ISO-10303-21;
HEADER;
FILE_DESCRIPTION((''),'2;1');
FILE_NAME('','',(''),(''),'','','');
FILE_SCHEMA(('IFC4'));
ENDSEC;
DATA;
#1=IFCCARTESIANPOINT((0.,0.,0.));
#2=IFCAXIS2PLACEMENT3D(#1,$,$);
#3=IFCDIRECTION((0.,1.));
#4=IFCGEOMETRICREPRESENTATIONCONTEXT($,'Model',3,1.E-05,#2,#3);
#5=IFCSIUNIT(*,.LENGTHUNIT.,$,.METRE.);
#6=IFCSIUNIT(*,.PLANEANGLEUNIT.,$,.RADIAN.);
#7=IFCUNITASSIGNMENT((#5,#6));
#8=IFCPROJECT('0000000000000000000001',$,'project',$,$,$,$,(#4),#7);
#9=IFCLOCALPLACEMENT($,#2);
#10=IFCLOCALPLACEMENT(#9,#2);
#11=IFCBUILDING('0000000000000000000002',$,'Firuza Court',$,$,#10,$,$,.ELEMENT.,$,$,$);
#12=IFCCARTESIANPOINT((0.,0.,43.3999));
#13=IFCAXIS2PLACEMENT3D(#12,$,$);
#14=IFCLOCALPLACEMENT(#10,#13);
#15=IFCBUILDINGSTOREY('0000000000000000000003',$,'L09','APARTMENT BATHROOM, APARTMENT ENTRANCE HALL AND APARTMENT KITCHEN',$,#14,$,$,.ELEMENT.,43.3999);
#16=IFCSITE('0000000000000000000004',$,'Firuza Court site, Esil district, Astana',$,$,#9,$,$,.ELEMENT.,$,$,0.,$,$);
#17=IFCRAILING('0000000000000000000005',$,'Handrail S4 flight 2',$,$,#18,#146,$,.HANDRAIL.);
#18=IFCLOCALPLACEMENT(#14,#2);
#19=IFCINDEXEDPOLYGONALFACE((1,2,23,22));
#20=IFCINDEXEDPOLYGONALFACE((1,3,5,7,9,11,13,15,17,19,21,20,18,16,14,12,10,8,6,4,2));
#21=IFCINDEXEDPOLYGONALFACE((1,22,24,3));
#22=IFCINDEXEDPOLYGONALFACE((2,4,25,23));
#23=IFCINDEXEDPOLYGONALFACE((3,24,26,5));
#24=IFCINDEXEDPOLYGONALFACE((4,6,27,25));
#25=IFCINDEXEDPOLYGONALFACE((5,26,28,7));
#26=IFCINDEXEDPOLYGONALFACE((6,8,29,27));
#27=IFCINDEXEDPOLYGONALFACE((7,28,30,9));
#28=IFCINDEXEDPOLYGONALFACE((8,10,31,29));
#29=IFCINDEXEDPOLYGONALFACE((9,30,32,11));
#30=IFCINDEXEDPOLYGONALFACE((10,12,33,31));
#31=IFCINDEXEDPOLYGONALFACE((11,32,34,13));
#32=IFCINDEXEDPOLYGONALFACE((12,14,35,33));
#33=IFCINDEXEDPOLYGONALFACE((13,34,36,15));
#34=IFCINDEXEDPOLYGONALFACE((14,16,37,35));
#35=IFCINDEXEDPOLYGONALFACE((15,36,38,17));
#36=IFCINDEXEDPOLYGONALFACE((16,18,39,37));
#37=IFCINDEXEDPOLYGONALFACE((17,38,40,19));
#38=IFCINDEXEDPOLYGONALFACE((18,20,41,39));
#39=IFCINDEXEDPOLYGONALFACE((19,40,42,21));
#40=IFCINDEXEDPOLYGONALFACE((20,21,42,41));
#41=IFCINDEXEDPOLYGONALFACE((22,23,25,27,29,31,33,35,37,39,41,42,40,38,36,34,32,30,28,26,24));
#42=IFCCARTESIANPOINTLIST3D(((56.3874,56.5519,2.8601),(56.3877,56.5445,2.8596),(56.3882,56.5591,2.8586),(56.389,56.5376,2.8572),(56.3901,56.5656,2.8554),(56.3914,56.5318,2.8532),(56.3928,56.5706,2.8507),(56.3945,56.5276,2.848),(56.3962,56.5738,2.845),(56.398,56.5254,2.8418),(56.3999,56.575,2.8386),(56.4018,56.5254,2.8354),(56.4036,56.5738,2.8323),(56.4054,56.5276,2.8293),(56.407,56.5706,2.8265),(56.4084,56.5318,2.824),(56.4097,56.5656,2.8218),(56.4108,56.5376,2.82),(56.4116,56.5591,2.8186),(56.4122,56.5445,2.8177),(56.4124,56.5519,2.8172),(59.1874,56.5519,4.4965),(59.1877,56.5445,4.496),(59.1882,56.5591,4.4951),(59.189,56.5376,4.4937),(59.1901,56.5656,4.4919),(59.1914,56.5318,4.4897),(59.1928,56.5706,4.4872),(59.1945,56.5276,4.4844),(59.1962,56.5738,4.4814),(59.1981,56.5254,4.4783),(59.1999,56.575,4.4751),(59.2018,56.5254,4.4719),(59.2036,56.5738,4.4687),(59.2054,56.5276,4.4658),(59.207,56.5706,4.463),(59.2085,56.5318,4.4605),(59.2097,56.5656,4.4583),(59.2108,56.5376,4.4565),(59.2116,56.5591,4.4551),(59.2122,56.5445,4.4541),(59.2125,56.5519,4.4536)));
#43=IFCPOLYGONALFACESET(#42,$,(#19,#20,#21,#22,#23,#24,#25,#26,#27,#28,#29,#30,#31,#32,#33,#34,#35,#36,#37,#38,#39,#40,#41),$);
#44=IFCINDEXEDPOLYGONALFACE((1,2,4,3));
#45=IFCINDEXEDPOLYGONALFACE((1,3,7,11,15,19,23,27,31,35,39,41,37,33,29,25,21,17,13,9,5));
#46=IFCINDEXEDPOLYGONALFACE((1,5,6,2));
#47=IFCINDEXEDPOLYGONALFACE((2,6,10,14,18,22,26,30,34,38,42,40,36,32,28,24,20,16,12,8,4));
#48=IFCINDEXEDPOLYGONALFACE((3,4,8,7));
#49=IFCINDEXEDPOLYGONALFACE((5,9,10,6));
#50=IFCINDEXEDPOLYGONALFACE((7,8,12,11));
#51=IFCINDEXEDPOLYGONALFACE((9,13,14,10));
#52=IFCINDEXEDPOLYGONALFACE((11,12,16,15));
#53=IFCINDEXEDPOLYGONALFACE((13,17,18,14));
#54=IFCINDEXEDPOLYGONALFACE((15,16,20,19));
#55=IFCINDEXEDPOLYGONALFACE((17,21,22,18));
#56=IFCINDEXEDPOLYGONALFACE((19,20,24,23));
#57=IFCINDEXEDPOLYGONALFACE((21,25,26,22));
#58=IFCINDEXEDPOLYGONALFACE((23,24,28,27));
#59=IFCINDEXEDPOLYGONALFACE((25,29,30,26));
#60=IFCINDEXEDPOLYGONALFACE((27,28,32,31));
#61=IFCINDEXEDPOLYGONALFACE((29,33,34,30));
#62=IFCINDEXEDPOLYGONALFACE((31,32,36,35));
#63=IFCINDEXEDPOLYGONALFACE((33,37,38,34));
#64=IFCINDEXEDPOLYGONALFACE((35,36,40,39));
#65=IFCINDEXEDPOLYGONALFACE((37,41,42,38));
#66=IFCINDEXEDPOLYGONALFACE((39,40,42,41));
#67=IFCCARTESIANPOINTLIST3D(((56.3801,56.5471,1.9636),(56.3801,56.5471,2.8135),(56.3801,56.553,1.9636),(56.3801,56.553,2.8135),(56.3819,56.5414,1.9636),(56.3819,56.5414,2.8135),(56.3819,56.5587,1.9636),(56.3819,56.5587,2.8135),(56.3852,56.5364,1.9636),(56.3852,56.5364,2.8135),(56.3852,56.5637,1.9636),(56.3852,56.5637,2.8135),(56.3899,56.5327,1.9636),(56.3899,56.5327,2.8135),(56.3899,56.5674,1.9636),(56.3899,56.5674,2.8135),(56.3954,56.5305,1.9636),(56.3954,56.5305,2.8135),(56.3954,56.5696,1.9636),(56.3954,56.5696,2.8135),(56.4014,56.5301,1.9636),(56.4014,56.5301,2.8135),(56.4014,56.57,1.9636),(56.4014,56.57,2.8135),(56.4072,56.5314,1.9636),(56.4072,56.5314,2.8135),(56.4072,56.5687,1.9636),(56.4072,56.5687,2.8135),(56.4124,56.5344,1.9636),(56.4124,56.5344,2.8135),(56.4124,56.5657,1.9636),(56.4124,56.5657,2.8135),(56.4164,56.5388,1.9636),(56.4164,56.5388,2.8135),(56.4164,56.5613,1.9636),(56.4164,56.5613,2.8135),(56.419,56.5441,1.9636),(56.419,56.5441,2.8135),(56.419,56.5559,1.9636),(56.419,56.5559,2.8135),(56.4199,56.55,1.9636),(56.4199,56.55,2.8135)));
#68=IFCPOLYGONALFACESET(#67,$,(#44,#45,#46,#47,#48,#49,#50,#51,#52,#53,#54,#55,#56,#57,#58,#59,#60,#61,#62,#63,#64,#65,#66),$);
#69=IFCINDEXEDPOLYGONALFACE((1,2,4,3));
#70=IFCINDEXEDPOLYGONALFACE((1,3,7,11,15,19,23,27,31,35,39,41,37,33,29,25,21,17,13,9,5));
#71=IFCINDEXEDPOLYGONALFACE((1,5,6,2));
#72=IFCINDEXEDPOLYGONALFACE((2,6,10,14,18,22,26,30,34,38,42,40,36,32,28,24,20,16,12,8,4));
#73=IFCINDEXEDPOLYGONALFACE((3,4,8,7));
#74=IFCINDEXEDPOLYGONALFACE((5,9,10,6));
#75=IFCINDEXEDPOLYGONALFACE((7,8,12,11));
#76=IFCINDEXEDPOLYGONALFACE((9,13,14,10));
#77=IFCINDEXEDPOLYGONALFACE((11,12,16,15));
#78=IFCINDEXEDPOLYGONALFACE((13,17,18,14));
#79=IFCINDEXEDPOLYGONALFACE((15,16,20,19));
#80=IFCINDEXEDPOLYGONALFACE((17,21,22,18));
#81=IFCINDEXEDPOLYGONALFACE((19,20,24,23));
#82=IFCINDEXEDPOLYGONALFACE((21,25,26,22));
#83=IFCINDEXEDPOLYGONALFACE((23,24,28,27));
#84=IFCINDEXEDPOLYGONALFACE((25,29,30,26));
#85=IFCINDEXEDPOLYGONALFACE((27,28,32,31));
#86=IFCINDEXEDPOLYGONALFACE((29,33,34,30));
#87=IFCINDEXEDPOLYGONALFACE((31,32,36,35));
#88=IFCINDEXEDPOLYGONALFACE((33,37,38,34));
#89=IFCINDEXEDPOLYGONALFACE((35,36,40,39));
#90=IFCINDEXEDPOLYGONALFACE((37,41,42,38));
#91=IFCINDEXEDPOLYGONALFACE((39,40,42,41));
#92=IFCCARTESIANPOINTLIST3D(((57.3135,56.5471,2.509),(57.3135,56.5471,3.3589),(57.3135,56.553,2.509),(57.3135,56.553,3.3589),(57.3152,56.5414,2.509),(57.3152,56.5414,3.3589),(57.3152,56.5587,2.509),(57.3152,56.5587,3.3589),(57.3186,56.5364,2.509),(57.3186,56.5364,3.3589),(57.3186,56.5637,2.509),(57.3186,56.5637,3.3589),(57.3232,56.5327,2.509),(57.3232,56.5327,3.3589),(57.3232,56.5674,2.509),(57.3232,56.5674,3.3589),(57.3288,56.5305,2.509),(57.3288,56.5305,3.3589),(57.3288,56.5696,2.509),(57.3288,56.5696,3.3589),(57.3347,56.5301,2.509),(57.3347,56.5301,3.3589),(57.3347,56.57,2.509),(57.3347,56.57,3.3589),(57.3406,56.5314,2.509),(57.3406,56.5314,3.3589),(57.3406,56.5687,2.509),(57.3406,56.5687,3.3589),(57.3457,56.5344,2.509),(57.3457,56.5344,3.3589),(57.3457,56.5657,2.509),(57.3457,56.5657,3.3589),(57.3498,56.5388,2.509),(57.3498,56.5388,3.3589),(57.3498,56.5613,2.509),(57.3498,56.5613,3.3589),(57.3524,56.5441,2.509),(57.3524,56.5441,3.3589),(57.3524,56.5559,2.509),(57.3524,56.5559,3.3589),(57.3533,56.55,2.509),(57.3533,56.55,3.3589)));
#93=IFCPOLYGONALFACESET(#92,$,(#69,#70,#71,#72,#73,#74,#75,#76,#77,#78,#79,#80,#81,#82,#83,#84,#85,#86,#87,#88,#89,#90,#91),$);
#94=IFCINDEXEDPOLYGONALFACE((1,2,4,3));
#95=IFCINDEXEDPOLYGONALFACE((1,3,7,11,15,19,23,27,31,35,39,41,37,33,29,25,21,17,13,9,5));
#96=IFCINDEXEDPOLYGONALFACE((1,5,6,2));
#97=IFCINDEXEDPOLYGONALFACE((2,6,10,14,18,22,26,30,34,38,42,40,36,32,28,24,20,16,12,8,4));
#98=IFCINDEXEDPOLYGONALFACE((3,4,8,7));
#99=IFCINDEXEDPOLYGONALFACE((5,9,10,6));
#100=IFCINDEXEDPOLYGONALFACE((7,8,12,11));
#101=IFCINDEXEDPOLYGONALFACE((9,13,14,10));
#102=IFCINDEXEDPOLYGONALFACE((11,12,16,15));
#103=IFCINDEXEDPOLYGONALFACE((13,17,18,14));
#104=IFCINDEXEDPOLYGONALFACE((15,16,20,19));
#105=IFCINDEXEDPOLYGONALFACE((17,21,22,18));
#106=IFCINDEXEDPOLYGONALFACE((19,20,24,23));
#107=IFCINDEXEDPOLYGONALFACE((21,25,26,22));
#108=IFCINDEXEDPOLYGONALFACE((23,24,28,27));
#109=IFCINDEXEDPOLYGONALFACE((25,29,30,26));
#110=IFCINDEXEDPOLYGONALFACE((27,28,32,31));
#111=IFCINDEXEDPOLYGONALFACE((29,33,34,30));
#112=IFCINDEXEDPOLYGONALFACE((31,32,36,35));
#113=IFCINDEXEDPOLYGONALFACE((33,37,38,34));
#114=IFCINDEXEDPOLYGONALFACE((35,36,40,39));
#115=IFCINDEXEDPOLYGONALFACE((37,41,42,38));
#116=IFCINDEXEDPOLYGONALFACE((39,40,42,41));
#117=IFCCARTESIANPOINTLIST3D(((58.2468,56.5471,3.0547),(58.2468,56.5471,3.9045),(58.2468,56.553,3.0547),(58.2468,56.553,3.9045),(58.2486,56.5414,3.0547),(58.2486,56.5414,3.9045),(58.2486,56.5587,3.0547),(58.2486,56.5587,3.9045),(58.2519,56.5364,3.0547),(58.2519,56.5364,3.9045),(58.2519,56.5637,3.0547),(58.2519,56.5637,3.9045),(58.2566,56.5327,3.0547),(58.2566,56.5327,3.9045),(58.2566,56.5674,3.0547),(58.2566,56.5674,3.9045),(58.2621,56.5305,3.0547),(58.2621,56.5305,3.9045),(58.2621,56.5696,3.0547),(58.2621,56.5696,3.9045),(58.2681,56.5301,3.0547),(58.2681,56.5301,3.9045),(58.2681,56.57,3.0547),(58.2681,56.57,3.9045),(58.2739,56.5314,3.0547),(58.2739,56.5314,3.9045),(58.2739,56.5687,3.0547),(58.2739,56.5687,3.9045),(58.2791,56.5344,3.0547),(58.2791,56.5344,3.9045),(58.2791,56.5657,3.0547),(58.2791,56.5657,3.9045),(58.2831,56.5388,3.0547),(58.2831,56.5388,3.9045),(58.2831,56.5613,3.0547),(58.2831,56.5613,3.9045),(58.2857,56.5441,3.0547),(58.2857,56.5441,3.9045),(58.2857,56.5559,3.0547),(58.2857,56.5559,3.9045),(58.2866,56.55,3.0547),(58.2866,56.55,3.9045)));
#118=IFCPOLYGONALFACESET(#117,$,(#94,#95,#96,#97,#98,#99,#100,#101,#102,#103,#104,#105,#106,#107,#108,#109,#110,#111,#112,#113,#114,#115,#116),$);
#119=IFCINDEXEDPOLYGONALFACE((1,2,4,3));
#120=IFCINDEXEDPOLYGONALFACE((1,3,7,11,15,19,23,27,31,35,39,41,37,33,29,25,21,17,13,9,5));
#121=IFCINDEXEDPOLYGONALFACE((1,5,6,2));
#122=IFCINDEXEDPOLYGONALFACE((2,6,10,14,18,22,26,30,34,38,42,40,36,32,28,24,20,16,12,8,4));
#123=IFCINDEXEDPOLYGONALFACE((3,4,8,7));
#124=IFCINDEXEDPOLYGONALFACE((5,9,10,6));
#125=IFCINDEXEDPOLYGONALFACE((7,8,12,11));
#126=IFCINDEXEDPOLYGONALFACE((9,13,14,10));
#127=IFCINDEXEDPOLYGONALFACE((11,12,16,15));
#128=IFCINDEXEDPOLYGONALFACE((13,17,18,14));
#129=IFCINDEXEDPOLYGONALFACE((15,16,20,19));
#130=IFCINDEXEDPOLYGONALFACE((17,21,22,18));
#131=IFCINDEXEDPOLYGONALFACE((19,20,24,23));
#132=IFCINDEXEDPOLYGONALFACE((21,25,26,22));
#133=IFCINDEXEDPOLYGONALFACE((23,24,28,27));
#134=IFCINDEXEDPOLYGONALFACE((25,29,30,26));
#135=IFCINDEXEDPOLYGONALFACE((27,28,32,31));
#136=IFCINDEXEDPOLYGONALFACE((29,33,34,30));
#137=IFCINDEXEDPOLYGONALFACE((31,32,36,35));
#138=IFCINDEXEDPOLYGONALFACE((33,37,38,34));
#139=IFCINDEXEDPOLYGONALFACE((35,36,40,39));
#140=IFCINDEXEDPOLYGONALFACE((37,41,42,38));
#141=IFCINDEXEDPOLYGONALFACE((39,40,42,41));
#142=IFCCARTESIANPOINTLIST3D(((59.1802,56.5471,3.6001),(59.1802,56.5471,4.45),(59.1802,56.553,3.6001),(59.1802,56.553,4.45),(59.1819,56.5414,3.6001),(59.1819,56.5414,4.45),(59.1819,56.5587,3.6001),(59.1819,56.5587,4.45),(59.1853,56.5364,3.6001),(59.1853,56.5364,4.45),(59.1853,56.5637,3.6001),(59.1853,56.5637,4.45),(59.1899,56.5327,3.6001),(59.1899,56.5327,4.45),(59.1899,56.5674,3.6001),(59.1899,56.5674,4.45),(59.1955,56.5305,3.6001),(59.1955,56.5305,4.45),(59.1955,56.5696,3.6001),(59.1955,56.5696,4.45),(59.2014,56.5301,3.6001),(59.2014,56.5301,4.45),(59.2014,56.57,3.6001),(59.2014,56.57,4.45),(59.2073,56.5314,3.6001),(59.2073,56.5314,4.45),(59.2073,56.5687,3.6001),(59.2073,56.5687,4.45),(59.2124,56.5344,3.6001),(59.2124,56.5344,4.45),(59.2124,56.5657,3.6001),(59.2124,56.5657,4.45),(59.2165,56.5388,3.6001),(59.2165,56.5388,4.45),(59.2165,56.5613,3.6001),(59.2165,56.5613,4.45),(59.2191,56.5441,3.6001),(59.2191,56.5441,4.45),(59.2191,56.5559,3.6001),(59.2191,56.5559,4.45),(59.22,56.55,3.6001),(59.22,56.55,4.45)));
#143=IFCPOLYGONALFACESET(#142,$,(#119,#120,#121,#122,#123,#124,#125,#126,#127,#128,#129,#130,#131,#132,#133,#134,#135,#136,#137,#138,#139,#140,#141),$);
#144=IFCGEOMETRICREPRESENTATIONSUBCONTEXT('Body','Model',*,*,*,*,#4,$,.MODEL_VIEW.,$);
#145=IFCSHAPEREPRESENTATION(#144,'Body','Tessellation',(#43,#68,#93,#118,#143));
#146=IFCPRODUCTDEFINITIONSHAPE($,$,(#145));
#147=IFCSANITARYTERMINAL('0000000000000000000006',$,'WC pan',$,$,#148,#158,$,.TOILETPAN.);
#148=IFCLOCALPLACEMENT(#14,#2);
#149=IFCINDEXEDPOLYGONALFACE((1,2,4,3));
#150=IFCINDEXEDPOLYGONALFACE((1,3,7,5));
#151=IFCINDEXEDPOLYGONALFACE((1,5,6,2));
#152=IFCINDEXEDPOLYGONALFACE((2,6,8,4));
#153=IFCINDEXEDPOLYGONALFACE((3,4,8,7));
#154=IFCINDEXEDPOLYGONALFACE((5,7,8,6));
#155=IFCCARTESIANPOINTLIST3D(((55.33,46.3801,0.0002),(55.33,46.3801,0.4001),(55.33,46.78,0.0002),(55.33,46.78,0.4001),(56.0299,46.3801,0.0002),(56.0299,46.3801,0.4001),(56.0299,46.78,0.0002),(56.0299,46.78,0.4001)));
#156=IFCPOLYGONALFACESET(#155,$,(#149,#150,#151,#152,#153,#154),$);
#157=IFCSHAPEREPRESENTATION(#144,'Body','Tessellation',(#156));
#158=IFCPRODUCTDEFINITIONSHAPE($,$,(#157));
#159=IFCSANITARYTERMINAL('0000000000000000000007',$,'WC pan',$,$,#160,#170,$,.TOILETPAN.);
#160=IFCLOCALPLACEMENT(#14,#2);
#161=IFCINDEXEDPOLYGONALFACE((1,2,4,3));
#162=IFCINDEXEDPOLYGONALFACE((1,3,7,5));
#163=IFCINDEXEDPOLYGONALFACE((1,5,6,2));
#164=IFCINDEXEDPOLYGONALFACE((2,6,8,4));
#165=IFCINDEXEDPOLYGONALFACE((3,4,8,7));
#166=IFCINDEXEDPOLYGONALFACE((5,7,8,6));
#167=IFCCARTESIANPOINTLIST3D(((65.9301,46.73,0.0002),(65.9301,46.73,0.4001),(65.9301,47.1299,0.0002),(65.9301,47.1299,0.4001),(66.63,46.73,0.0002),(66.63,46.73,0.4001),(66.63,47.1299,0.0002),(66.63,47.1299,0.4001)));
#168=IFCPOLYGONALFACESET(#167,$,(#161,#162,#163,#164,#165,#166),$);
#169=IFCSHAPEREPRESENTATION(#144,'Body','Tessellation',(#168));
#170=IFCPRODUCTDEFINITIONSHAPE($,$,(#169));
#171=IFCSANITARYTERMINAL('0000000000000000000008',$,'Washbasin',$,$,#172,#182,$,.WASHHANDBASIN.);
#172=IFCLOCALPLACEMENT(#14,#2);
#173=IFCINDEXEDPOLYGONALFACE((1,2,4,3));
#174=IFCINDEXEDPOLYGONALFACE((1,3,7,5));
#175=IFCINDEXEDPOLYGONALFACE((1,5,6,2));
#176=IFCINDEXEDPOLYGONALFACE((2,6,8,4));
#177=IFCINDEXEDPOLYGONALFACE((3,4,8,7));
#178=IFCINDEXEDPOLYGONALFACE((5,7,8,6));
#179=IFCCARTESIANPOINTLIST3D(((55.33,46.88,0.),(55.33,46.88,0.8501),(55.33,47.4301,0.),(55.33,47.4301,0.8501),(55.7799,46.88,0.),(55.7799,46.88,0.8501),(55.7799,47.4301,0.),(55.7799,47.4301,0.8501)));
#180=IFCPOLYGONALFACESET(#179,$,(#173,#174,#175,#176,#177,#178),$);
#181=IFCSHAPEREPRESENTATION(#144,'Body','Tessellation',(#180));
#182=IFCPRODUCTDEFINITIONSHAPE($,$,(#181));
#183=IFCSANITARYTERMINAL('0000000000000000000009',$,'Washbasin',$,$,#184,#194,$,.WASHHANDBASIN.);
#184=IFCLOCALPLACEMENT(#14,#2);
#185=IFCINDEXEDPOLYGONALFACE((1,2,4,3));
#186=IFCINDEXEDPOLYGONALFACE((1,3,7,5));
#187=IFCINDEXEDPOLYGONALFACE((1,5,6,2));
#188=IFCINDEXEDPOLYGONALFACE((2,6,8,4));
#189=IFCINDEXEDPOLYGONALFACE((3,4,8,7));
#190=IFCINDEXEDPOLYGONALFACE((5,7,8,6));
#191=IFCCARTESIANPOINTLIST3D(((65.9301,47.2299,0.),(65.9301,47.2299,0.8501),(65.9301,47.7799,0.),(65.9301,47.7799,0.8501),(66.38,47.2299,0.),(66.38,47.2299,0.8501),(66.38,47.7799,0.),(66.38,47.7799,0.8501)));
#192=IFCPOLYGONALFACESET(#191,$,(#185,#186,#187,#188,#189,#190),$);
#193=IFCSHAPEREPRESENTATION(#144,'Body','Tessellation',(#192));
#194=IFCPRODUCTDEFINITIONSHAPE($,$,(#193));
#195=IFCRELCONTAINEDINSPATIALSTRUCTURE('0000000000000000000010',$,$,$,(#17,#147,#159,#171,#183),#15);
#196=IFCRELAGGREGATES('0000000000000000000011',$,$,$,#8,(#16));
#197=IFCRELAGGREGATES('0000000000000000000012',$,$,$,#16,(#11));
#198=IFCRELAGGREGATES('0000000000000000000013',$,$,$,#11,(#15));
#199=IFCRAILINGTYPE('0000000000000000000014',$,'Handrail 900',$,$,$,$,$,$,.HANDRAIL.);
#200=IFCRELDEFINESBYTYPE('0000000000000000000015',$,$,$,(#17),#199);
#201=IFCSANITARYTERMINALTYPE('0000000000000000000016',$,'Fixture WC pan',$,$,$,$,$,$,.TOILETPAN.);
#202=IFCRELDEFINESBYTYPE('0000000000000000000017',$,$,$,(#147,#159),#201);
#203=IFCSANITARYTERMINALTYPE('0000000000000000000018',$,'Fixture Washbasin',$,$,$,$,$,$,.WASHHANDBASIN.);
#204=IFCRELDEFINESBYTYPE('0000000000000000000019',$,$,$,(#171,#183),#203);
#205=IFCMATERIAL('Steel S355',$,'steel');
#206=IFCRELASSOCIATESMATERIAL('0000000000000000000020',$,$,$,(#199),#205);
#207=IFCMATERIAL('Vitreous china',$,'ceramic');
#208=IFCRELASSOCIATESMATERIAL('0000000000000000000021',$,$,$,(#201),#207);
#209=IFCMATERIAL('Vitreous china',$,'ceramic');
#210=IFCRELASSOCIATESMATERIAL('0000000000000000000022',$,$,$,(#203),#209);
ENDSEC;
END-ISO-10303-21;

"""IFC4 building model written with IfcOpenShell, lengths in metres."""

from ifc_helpers import new_model, si_unit, direction, frame, origin, origin_2d, place, context, subcontext, project, spatial, rectangle, circle, extrude, material, type_object, element, save


model = new_model("IFC4")

# Units and contexts
model_context = context("Model", 3, precision=1e-05, world=origin(), true_north=direction((0.0, 1.0)))
body_context = subcontext(model_context, "Body", "Model", "MODEL_VIEW")
ifc_project = project(units=[si_unit("LENGTHUNIT", "METRE"), si_unit("PLANEANGLEUNIT", "RADIAN")], contexts=[model_context])

# Site, building, storey
site_placement = place(None, origin())
site = spatial("IfcSite", under=ifc_project, at=site_placement, Name="Firuza Court site, Esil district, Astana", CompositionType="ELEMENT", RefElevation=0.0)
building_placement = place(site_placement, origin())
building = spatial("IfcBuilding", under=site, at=building_placement, Name="Firuza Court", CompositionType="ELEMENT")
storey_placement = place(building_placement, frame((0.0, 0.0, 43.3999)))
storey = spatial("IfcBuildingStorey", under=building, at=storey_placement, Name="L09", Description="APARTMENT BATHROOM, APARTMENT ENTRANCE HALL AND APARTMENT KITCHEN", CompositionType="ELEMENT", Elevation=43.3999)

# Railing
ifc_material_1 = material(Name="Steel S355", Category="steel")
railing_type_1 = type_object("IfcRailingType", Name="Handrail 900", PredefinedType="HANDRAIL", material=ifc_material_1)
railing_1_placement = place(storey_placement, frame((56.3999, 56.55, 1.9636)))
element("IfcRailing", 1, at=railing_1_placement, inside=storey, type_object=railing_type_1, Name="Handrail S4 flight 2", PredefinedType="HANDRAIL", context=body_context, shape_type="SweptSolid", body=[
    extrude(circle(Radius=0.0249, at=origin_2d()), frame((0.0, 0.0, 0.875), z_axis=(0.863361, 0.0, 0.504587), x_axis=(0.0, 1.0, 0.0)), (0.0, 0.0, 1.0), 3.2432),
    extrude(circle(Radius=0.02, at=origin_2d()), origin(), (0.0, 0.0, 1.0), 0.8499),
    extrude(circle(Radius=0.02, at=origin_2d()), frame((0.9333, 0.0, 0.5454)), (0.0, 0.0, 1.0), 0.8499),
    extrude(circle(Radius=0.02, at=origin_2d()), frame((1.8667, 0.0, 1.0911)), (0.0, 0.0, 1.0), 0.8499),
    extrude(circle(Radius=0.02, at=origin_2d()), frame((2.8, 0.0, 1.6365)), (0.0, 0.0, 1.0), 0.8499),
])

# Sanitary terminals
ifc_material_2 = material(Name="Vitreous china", Category="ceramic")
sanitary_terminal_type_1 = type_object("IfcSanitaryTerminalType", Name="Fixture WC pan", PredefinedType="TOILETPAN", material=ifc_material_2)
for number, where, z_axis, x_axis, name in (
    (2, (55.6799, 46.5801, 0.0002), (0.0, 0.0, 1.0), (1.0, 0.0, 0.0), "WC pan"),
    (3, (66.28, 46.9299, 0.0002), (0.0, 0.0, 1.0), (1.0, 0.0, 0.0), "WC pan"),
):
    element("IfcSanitaryTerminal", number, at=place(storey_placement, frame(where, z_axis=z_axis, x_axis=x_axis)), inside=storey, type_object=sanitary_terminal_type_1, Name=name, PredefinedType="TOILETPAN", context=body_context, shape_type="SweptSolid", body=[
        extrude(rectangle(XDim=0.7, YDim=0.3999, at=origin_2d()), origin(), (0.0, 0.0, 1.0), 0.3999),
    ])
ifc_material_3 = material(Name="Vitreous china", Category="ceramic")
sanitary_terminal_type_2 = type_object("IfcSanitaryTerminalType", Name="Fixture Washbasin", PredefinedType="WASHHANDBASIN", material=ifc_material_3)
for number, where, z_axis, x_axis, name in (
    (4, (55.5549, 47.155, 0.0), (0.0, 0.0, 1.0), (1.0, 0.0, 0.0), "Washbasin"),
    (5, (66.155, 47.5049, 0.0), (0.0, 0.0, 1.0), (1.0, 0.0, 0.0), "Washbasin"),
):
    element("IfcSanitaryTerminal", number, at=place(storey_placement, frame(where, z_axis=z_axis, x_axis=x_axis)), inside=storey, type_object=sanitary_terminal_type_2, Name=name, PredefinedType="WASHHANDBASIN", context=body_context, shape_type="SweptSolid", body=[
        extrude(rectangle(XDim=0.45, YDim=0.55, at=origin_2d()), origin(), (0.0, 0.0, 1.0), 0.8501),
    ])

save(model, "model.ifc")
